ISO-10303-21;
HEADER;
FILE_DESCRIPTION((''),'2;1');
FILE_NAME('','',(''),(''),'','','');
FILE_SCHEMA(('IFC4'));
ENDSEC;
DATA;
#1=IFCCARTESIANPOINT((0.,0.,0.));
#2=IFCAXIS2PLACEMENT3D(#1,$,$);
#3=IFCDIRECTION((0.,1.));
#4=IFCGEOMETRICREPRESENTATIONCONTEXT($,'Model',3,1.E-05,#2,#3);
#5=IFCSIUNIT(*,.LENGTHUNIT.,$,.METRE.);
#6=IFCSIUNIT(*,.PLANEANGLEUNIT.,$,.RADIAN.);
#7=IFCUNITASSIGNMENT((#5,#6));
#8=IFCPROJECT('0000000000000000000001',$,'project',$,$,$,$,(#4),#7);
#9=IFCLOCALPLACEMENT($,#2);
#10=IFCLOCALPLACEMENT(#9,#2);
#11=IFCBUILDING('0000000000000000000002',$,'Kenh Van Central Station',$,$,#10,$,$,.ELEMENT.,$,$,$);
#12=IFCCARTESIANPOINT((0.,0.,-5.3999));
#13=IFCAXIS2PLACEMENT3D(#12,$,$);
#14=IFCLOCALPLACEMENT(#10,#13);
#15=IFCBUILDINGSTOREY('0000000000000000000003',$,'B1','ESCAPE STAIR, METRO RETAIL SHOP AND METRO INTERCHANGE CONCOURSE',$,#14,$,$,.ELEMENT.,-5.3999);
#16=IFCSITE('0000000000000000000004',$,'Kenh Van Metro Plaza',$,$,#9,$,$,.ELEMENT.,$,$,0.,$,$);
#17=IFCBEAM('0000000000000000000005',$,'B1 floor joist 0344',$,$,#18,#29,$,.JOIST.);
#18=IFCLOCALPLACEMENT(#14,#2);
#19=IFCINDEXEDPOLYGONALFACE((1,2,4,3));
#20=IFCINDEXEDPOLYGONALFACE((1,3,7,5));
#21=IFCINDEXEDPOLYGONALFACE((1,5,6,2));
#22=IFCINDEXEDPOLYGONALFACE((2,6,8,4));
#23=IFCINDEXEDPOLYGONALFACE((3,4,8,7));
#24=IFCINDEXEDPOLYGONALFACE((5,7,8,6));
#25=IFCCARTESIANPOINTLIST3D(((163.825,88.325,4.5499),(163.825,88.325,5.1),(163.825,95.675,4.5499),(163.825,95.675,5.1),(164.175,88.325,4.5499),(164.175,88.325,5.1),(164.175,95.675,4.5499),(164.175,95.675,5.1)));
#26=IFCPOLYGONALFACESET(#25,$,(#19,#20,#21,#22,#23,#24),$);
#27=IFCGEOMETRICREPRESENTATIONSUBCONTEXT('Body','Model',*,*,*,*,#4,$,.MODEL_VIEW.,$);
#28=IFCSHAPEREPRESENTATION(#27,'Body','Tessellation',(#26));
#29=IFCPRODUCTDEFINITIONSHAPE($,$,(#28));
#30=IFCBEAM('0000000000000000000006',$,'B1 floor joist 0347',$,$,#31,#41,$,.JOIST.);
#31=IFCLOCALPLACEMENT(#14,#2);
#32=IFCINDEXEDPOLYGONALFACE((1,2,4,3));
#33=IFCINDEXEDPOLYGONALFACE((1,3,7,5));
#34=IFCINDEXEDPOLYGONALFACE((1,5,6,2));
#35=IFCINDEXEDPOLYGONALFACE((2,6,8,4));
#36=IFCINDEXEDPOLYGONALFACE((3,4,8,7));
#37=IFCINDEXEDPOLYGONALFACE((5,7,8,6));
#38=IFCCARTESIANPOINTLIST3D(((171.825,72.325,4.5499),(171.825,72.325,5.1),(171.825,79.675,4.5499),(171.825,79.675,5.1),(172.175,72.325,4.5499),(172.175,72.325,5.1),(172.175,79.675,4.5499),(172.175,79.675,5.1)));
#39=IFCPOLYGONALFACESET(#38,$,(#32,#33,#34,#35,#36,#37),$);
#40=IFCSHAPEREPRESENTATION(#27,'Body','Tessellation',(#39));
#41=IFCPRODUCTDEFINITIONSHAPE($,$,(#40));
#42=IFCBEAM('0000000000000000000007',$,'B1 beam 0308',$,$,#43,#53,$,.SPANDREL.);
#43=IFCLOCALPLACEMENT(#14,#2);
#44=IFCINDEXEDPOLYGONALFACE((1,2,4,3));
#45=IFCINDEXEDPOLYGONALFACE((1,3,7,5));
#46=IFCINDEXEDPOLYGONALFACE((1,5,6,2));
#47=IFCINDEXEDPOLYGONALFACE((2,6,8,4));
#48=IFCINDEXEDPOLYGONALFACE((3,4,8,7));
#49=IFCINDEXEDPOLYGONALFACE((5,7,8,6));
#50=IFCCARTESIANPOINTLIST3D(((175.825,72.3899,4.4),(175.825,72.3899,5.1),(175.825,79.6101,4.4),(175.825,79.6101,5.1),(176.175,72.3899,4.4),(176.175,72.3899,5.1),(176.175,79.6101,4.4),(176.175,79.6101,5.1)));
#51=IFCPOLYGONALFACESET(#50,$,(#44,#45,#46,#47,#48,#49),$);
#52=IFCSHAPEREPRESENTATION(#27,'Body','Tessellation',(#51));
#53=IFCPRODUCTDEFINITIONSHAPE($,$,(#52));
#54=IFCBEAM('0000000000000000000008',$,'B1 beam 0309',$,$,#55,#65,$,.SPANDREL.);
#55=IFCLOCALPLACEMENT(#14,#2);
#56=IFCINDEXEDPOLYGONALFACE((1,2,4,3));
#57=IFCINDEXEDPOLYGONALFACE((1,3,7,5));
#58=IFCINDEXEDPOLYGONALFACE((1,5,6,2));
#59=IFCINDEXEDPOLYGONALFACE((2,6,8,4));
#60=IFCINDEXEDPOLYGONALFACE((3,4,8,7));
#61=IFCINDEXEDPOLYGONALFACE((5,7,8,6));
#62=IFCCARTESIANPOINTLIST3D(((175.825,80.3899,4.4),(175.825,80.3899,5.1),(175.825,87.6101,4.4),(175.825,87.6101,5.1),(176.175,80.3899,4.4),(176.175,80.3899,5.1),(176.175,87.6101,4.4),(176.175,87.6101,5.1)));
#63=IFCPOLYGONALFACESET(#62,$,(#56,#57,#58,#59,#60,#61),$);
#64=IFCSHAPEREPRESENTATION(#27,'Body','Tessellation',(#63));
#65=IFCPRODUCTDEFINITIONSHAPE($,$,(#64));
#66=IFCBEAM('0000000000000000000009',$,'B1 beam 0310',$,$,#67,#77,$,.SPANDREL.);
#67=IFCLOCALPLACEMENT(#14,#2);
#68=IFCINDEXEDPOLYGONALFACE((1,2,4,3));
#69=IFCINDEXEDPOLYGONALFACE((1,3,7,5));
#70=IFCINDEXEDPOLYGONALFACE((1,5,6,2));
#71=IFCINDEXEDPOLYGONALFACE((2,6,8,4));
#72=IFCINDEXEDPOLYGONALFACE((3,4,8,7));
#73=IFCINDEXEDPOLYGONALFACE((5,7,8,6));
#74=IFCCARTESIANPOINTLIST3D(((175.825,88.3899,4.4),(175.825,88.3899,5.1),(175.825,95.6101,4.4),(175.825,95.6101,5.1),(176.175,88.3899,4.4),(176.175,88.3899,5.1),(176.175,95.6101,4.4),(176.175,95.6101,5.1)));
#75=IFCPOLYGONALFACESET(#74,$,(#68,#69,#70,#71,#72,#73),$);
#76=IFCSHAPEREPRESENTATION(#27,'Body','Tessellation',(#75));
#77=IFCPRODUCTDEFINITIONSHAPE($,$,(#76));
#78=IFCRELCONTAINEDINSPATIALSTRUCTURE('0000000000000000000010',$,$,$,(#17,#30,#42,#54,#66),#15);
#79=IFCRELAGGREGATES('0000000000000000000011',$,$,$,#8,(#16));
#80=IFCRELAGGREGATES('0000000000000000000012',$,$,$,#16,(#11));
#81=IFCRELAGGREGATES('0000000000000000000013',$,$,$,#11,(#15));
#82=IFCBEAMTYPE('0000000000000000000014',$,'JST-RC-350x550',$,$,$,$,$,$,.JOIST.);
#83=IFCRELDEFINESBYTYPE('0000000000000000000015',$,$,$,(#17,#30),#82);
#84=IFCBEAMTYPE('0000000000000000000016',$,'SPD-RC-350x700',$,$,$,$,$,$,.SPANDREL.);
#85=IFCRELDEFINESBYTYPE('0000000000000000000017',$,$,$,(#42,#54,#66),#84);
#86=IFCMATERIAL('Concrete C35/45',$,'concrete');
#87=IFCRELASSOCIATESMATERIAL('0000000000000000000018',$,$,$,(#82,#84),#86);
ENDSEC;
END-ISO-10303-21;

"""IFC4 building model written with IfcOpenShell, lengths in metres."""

from ifc_helpers import new_model, si_unit, direction, frame, origin, origin_2d, place, context, subcontext, project, spatial, rectangle, extrude, material, material_profile, profile_set, type_object, element, save


model = new_model("IFC4")

# Units and contexts
model_context = context("Model", 3, precision=1e-05, world=origin(), true_north=direction((0.0, 1.0)))
body_context = subcontext(model_context, "Body", "Model", "MODEL_VIEW")
ifc_project = project(units=[si_unit("LENGTHUNIT", "METRE"), si_unit("PLANEANGLEUNIT", "RADIAN")], contexts=[model_context])

# Site, building, storey
site_placement = place(None, origin())
site = spatial("IfcSite", under=ifc_project, at=site_placement, Name="Kenh Van Metro Plaza", CompositionType="ELEMENT", RefElevation=0.0)
building_placement = place(site_placement, origin())
building = spatial("IfcBuilding", under=site, at=building_placement, Name="Kenh Van Central Station", CompositionType="ELEMENT")
storey_placement = place(building_placement, frame((0.0, 0.0, -5.3999)))
storey = spatial("IfcBuildingStorey", under=building, at=storey_placement, Name="B1", Description="ESCAPE STAIR, METRO RETAIL SHOP AND METRO INTERCHANGE CONCOURSE", CompositionType="ELEMENT", Elevation=-5.3999)

# Beams
ifc_material_1 = material(Name="Concrete C35/45", Category="concrete")
ifc_material_profile_1 = material_profile(ifc_material_1, rectangle(XDim=0.3501, YDim=0.55, at=origin_2d()), Name="RC 350x550")
ifc_profile_set_1 = profile_set([ifc_material_profile_1], Name="Concrete C35/45")
beam_type_1 = type_object("IfcBeamType", Name="JST-RC-350x550", PredefinedType="JOIST", material=ifc_profile_set_1)
for number, where, z_axis, x_axis, name in (
    (1, (164.0, 88.325, 4.825), (0.0, 1.0, 0.0), (-1.0, 0.0, 0.0), "B1 floor joist 0344"),
    (2, (172.0, 72.325, 4.825), (0.0, 1.0, 0.0), (-1.0, 0.0, 0.0), "B1 floor joist 0347"),
):
    element("IfcBeam", number, at=place(storey_placement, frame(where, z_axis=z_axis, x_axis=x_axis)), inside=storey, type_object=beam_type_1, Name=name, PredefinedType="JOIST", context=body_context, shape_type="SweptSolid", body=[
        extrude(rectangle(XDim=0.3501, YDim=0.55, at=origin_2d()), origin(), (0.0, 0.0, 1.0), 7.3501),
    ])
ifc_material_profile_2 = material_profile(ifc_material_1, rectangle(XDim=0.3501, YDim=0.7, at=origin_2d()), Name="RC 350x700")
ifc_profile_set_2 = profile_set([ifc_material_profile_2], Name="Concrete C35/45")
beam_type_2 = type_object("IfcBeamType", Name="SPD-RC-350x700", PredefinedType="SPANDREL", material=ifc_profile_set_2)
for number, where, z_axis, x_axis, name in (
    (3, (176.0, 72.3899, 4.75), (0.0, 1.0, 0.0), (-1.0, 0.0, 0.0), "B1 beam 0308"),
    (4, (176.0, 80.3899, 4.75), (0.0, 1.0, 0.0), (-1.0, 0.0, 0.0), "B1 beam 0309"),
    (5, (176.0, 88.3899, 4.75), (0.0, 1.0, 0.0), (-1.0, 0.0, 0.0), "B1 beam 0310"),
):
    element("IfcBeam", number, at=place(storey_placement, frame(where, z_axis=z_axis, x_axis=x_axis)), inside=storey, type_object=beam_type_2, Name=name, PredefinedType="SPANDREL", context=body_context, shape_type="SweptSolid", body=[
        extrude(rectangle(XDim=0.3501, YDim=0.7, at=origin_2d()), origin(), (0.0, 0.0, 1.0), 7.2202),
    ])

save(model, "model.ifc")
